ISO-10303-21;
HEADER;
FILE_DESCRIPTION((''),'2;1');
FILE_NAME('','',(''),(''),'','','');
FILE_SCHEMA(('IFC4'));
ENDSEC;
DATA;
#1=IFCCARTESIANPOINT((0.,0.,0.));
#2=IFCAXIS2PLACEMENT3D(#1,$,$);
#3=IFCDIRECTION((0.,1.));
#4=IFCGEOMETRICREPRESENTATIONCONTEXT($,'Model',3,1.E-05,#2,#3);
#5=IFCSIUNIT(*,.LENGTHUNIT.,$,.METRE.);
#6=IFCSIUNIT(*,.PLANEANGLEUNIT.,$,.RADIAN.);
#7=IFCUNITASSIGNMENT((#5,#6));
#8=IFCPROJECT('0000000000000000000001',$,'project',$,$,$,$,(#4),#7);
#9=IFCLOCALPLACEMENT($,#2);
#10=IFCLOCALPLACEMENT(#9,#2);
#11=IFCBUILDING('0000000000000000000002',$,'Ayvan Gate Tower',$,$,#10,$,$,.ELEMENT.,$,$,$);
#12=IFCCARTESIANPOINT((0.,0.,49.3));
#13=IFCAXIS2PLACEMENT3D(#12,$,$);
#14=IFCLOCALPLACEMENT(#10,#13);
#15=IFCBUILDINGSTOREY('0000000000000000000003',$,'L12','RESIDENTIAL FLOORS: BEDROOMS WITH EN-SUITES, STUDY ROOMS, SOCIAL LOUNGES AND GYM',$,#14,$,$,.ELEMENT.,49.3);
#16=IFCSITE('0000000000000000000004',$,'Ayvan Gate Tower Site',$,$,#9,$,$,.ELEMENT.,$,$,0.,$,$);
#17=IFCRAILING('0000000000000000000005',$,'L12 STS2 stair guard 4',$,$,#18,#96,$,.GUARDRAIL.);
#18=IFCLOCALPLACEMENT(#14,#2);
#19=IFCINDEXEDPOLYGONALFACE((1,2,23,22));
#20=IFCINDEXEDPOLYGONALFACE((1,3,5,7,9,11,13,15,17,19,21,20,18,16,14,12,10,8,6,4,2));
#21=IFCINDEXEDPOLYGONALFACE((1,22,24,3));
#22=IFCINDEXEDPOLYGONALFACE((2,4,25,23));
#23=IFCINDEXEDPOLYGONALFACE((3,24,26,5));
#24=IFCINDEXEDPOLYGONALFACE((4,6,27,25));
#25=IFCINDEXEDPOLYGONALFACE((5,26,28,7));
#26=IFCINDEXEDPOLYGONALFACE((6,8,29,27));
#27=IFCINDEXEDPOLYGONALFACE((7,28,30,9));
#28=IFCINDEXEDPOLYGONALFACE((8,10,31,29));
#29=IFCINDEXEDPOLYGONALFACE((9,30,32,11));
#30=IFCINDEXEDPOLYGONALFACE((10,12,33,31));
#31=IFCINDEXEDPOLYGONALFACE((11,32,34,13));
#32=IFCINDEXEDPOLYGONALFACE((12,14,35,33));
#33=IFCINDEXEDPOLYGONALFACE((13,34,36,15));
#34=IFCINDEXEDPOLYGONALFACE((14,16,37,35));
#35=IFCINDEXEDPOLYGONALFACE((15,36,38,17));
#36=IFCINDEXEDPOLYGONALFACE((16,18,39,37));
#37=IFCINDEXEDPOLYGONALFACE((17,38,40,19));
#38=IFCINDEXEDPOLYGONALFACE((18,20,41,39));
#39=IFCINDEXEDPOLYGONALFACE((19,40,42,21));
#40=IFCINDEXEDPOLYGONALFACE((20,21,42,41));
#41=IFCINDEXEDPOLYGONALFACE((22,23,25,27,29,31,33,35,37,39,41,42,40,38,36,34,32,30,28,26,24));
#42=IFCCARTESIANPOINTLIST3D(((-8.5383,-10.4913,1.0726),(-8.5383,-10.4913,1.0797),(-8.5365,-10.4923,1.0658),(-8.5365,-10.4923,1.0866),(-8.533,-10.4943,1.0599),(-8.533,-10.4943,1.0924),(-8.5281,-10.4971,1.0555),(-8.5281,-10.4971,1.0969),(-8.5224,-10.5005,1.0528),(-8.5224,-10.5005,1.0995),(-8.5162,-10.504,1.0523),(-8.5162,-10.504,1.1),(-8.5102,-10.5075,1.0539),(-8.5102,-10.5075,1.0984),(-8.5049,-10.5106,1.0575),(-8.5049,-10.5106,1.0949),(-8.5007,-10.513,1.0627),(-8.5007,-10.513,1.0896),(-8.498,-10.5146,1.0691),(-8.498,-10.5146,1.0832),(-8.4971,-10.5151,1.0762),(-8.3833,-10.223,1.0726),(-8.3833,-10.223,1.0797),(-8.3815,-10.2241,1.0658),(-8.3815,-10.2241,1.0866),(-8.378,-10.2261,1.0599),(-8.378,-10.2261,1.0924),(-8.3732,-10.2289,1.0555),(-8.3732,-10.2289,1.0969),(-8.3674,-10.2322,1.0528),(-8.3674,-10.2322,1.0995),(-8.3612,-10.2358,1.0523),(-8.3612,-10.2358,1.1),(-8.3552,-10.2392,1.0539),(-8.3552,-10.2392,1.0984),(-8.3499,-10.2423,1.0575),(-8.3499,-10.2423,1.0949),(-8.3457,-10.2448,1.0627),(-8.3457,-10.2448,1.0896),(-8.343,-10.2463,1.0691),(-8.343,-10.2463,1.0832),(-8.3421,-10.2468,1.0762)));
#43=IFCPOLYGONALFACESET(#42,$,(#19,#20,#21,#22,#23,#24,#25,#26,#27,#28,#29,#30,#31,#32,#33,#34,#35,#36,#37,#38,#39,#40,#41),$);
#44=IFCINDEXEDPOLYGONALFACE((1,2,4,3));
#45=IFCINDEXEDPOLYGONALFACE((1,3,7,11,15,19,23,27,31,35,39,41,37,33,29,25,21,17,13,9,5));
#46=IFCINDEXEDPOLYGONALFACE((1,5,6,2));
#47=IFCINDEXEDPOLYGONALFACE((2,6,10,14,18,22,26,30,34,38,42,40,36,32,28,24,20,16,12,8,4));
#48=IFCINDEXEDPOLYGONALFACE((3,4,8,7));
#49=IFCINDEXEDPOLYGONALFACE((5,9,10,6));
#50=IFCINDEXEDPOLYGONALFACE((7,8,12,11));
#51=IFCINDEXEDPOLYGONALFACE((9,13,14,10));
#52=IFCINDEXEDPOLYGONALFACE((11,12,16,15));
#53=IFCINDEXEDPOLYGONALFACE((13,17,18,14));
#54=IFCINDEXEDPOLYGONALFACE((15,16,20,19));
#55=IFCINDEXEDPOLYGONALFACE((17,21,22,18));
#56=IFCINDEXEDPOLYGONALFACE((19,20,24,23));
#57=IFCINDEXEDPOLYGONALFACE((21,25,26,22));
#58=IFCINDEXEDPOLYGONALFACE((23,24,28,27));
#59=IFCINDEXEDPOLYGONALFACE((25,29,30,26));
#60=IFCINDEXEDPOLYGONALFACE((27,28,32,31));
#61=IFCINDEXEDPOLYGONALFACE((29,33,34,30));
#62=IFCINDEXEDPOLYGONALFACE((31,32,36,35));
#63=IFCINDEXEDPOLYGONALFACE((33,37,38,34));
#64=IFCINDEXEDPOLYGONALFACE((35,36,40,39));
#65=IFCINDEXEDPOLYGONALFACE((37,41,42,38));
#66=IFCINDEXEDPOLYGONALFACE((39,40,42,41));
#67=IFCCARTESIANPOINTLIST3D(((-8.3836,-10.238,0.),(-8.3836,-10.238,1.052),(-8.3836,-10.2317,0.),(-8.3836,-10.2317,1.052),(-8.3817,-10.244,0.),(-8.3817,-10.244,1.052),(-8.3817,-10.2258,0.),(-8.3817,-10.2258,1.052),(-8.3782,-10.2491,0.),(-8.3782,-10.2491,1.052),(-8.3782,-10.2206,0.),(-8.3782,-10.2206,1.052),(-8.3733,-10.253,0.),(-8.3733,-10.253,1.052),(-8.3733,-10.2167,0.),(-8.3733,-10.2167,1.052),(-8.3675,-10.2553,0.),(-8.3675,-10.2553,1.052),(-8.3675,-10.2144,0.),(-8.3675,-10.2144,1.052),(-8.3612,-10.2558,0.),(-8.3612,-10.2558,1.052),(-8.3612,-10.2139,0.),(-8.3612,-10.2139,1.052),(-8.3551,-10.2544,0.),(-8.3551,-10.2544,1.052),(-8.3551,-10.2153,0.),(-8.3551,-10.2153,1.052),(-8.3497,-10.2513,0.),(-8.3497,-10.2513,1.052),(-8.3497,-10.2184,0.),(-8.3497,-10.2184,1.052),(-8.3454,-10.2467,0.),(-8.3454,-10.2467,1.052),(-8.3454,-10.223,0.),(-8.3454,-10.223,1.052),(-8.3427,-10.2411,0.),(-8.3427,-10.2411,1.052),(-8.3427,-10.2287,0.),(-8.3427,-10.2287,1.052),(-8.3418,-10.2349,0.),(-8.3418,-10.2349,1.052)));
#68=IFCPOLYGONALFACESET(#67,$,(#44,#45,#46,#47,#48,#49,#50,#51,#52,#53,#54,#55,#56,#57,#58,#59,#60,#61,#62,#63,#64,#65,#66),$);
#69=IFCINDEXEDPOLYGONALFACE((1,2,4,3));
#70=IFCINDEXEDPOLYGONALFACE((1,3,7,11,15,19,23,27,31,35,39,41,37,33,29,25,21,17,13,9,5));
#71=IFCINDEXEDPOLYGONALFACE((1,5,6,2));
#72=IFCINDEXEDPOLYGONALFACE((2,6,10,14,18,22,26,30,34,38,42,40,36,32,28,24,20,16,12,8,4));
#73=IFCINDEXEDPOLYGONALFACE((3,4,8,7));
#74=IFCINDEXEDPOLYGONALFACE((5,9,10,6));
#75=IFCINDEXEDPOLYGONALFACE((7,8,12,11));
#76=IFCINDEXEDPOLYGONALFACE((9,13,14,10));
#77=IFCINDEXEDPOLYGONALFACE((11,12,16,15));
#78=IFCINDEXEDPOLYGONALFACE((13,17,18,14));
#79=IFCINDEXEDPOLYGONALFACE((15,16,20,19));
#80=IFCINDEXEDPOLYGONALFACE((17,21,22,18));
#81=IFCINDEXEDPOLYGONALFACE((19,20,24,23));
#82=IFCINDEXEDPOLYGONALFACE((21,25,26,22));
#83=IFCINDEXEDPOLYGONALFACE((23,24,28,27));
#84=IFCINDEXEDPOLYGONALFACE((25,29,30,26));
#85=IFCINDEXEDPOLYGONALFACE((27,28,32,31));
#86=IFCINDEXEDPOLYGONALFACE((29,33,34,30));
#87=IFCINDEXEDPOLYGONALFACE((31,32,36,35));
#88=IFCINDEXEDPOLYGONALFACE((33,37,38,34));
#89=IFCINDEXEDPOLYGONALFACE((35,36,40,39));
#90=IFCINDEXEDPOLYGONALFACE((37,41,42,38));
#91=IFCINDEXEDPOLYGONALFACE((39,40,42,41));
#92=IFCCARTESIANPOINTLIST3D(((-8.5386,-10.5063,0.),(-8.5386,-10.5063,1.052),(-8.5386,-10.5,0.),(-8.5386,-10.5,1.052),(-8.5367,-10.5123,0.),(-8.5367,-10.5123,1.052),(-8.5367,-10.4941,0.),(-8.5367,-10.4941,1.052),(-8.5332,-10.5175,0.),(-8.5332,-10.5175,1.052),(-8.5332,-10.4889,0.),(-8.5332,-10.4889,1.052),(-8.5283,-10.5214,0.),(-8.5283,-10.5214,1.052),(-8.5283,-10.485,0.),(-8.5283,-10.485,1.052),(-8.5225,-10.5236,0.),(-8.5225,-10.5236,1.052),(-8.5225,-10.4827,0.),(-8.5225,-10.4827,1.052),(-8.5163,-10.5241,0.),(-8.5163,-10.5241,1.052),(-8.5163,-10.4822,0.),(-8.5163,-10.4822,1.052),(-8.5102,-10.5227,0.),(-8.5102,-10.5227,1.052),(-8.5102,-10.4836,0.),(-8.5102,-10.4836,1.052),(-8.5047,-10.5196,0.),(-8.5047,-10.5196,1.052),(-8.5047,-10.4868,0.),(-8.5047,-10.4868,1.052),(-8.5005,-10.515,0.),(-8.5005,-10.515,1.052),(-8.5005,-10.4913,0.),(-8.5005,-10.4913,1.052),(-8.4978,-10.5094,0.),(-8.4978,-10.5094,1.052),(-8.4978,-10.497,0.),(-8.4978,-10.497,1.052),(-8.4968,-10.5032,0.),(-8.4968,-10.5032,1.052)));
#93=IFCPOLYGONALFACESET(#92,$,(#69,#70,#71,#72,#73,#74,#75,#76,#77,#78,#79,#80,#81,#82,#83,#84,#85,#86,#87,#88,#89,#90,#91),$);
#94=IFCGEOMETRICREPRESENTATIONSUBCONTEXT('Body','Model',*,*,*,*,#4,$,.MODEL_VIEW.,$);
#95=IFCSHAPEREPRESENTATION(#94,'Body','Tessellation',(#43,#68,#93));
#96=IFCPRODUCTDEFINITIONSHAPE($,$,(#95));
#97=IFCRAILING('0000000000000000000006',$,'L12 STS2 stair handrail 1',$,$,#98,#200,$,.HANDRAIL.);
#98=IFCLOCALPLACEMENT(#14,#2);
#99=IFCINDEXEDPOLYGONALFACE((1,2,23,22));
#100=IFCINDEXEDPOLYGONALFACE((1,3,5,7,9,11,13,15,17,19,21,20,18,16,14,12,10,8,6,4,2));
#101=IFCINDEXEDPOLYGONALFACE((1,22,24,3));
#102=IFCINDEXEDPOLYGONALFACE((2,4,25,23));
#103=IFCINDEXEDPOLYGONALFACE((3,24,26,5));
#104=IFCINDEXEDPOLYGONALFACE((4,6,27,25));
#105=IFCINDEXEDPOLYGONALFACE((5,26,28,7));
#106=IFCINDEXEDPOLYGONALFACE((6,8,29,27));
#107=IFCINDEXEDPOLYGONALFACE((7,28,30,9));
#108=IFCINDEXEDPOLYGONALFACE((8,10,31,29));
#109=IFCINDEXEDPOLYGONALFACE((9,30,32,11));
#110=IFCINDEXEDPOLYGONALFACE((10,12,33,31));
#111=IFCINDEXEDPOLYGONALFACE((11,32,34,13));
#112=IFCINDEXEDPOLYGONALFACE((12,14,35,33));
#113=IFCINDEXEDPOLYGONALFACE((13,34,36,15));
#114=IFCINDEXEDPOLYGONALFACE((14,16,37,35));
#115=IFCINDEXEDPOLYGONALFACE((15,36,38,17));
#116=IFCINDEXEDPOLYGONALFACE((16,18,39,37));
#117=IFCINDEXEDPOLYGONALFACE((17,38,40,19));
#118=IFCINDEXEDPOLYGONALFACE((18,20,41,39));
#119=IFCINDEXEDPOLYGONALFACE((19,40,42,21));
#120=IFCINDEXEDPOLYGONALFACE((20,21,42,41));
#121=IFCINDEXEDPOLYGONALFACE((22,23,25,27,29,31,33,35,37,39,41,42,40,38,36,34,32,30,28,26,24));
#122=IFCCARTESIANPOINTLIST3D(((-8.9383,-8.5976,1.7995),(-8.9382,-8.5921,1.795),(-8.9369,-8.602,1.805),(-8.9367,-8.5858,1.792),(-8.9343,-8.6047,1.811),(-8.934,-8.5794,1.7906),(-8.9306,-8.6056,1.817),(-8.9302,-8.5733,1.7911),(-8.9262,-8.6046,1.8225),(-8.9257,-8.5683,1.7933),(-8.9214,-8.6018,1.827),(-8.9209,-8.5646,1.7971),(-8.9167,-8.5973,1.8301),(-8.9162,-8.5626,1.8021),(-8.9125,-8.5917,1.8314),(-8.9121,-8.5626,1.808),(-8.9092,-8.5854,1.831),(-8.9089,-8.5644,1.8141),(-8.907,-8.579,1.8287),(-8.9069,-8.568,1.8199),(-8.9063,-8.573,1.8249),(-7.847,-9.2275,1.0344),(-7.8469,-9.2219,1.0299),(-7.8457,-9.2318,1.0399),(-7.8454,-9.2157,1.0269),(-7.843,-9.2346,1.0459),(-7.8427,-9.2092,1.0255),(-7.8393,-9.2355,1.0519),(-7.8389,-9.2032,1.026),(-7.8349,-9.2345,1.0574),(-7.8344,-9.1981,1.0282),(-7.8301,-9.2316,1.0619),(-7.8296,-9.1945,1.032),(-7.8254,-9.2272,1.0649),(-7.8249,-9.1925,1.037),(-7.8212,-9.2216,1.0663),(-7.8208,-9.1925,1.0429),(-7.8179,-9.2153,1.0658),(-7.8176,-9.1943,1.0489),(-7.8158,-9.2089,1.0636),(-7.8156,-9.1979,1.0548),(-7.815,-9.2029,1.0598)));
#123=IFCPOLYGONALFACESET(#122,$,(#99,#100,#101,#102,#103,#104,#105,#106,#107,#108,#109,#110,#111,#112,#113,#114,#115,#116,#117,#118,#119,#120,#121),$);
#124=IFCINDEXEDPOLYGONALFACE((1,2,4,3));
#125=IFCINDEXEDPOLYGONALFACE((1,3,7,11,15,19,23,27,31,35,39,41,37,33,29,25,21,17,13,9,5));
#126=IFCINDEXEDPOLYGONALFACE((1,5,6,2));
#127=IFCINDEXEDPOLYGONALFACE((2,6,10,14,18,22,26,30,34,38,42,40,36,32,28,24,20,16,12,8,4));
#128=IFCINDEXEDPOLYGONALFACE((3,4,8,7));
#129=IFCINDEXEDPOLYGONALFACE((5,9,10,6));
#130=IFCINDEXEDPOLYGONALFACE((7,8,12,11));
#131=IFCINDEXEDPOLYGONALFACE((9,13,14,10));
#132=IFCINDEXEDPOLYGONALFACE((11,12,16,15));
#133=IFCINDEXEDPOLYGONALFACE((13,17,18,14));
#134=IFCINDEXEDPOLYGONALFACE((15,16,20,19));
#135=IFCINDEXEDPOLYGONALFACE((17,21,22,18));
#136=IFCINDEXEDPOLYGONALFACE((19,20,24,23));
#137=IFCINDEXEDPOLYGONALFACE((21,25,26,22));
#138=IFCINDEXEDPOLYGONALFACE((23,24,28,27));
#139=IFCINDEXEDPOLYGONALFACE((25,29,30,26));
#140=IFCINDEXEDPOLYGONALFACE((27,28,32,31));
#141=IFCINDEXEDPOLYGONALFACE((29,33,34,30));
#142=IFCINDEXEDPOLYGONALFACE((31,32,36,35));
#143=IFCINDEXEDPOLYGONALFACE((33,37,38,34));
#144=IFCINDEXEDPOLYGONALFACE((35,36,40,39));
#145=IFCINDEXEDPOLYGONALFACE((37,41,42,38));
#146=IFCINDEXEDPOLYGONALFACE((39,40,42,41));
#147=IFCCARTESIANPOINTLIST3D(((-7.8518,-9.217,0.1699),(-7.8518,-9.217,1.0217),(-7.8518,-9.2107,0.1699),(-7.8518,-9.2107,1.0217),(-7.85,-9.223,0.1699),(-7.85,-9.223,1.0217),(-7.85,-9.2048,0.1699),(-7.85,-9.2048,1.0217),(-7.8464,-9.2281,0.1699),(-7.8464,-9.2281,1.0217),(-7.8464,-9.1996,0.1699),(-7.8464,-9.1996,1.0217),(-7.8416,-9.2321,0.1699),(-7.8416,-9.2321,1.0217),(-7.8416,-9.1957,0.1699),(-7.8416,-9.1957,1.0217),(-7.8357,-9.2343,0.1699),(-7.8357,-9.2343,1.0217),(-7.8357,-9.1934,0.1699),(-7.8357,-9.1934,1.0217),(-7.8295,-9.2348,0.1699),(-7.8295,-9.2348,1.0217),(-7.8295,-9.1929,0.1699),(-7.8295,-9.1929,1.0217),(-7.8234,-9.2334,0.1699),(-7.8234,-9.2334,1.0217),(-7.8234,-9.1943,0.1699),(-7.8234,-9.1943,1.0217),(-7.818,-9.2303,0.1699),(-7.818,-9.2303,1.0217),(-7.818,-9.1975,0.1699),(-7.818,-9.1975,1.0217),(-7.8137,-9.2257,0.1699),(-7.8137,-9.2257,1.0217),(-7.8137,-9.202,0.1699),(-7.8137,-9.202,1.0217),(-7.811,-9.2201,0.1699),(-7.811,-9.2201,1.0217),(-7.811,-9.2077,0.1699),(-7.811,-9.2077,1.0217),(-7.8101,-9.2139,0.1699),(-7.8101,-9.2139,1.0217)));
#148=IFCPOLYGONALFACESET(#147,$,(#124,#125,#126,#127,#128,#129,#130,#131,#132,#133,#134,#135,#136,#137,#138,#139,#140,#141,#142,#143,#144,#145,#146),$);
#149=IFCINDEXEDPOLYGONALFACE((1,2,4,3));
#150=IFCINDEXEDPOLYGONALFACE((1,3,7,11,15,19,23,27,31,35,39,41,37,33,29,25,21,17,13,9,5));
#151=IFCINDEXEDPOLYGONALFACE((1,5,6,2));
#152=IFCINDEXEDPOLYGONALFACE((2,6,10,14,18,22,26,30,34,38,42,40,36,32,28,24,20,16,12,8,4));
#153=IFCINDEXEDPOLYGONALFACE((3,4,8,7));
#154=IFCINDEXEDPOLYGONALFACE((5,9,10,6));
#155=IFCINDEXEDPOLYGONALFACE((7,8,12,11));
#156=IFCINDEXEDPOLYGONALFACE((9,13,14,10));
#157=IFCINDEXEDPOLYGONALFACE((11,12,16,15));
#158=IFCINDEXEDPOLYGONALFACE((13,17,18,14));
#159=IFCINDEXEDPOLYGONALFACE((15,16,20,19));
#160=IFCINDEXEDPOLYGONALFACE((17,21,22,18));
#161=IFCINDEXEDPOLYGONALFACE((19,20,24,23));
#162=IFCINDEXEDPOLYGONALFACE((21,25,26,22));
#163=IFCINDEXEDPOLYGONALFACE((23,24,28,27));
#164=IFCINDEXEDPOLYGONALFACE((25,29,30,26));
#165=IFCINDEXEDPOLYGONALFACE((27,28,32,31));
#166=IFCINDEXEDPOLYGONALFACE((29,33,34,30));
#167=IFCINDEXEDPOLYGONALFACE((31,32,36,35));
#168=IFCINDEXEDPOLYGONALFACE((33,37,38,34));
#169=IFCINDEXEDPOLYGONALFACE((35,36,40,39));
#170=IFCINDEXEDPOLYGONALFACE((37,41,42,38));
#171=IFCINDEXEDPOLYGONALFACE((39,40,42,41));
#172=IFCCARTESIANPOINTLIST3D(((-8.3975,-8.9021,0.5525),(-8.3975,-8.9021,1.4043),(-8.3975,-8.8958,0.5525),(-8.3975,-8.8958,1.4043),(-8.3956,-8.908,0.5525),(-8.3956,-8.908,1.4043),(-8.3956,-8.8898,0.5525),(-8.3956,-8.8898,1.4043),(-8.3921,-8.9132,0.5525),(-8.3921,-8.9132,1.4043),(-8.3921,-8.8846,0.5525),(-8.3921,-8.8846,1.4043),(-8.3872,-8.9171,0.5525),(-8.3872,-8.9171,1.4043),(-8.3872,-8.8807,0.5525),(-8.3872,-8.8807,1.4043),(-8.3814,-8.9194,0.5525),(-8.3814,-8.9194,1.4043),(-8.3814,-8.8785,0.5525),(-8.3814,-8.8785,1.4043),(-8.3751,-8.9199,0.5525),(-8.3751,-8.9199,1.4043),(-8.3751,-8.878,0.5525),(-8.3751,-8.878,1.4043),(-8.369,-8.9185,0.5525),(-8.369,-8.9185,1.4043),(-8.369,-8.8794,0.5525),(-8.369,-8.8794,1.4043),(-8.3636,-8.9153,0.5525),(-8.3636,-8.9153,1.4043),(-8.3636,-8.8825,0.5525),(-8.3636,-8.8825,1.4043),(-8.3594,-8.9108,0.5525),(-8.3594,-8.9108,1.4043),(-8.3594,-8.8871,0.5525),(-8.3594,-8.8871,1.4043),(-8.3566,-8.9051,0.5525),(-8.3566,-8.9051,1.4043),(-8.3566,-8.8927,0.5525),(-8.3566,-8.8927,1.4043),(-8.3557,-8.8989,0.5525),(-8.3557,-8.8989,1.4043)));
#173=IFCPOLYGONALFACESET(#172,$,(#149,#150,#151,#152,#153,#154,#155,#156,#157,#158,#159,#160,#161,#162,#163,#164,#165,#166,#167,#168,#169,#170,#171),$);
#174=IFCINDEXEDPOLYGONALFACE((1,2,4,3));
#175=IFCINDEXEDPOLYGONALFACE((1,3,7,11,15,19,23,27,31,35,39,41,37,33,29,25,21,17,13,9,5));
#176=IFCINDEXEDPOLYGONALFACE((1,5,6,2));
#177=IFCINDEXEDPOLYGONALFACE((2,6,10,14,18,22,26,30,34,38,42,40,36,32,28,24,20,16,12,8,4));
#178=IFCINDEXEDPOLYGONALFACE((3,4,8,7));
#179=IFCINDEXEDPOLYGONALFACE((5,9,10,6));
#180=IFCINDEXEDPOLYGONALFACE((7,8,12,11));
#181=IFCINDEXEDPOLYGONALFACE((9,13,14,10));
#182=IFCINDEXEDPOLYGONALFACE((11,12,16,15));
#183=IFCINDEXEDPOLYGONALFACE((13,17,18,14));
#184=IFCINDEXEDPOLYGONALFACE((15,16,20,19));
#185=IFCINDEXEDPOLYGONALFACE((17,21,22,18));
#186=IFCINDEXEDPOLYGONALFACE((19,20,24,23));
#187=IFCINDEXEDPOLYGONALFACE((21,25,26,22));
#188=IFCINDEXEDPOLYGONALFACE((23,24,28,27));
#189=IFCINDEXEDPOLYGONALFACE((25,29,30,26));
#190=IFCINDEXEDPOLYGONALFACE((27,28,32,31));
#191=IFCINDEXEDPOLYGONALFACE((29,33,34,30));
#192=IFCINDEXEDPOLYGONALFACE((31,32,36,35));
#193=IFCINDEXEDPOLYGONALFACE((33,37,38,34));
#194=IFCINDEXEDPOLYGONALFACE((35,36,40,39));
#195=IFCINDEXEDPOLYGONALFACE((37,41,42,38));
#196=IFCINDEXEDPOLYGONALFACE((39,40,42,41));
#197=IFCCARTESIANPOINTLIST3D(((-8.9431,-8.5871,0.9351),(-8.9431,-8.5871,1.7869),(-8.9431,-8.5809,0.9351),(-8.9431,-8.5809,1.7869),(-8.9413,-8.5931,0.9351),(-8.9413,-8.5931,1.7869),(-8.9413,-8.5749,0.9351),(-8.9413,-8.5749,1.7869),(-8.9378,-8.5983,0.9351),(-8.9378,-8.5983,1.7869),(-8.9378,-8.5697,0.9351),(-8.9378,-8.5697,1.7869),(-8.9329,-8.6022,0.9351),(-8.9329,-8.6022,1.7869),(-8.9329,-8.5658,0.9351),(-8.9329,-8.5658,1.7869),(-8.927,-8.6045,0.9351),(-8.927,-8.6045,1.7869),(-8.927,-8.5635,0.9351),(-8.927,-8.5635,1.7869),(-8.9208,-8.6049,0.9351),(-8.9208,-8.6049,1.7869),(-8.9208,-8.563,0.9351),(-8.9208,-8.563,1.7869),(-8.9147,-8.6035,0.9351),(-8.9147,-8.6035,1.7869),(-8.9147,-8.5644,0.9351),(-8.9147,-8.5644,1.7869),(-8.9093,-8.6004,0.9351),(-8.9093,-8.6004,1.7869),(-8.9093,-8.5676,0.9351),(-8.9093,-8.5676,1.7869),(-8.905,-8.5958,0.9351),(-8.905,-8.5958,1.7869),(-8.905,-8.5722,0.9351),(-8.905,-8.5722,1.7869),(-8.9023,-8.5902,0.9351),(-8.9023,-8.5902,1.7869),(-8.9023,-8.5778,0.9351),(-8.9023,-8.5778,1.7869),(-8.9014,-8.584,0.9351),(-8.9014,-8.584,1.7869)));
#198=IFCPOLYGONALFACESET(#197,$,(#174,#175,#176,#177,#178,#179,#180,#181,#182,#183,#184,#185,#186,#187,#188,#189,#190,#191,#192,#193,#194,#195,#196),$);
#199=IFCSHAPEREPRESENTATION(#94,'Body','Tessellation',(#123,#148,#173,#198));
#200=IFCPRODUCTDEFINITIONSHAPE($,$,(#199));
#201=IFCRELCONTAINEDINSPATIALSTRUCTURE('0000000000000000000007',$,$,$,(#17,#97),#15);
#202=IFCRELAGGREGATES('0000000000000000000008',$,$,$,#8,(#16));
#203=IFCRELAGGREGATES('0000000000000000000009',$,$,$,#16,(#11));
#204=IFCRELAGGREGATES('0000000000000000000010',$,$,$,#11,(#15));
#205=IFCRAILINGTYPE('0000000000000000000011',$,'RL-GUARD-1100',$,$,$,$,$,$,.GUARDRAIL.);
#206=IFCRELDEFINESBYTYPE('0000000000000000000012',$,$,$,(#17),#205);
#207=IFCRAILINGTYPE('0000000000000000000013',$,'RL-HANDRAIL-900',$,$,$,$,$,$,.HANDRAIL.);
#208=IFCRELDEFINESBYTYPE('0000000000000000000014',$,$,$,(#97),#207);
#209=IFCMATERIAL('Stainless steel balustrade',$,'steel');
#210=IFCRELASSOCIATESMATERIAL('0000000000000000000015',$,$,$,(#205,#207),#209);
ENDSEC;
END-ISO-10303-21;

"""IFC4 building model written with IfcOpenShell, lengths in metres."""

from ifc_helpers import new_model, si_unit, direction, frame, origin, origin_2d, place, context, subcontext, project, spatial, circle, extrude, material, type_object, element, save


model = new_model("IFC4")

# Units and contexts
model_context = context("Model", 3, precision=1e-05, world=origin(), true_north=direction((0.0, 1.0)))
body_context = subcontext(model_context, "Body", "Model", "MODEL_VIEW")
ifc_project = project(units=[si_unit("LENGTHUNIT", "METRE"), si_unit("PLANEANGLEUNIT", "RADIAN")], contexts=[model_context])

# Site, building, storey
site_placement = place(None, origin())
site = spatial("IfcSite", under=ifc_project, at=site_placement, Name="Ayvan Gate Tower Site", CompositionType="ELEMENT", RefElevation=0.0)
building_placement = place(site_placement, origin())
building = spatial("IfcBuilding", under=site, at=building_placement, Name="Ayvan Gate Tower", CompositionType="ELEMENT")
storey_placement = place(building_placement, frame((0.0, 0.0, 49.3)))
storey = spatial("IfcBuildingStorey", under=building, at=storey_placement, Name="L12", Description="RESIDENTIAL FLOORS: BEDROOMS WITH EN-SUITES, STUDY ROOMS, SOCIAL LOUNGES AND GYM", CompositionType="ELEMENT", Elevation=49.3)

# Railings
ifc_material_1 = material(Name="Stainless steel balustrade", Category="steel")
railing_type_1 = type_object("IfcRailingType", Name="RL-GUARD-1100", PredefinedType="GUARDRAIL", material=ifc_material_1)
railing_1_placement = place(storey_placement, frame((-8.3628, -10.2349, 0.0)))
element("IfcRailing", 1, at=railing_1_placement, inside=storey, type_object=railing_type_1, Name="L12 STS2 stair guard 4", PredefinedType="GUARDRAIL", context=body_context, shape_type="SweptSolid", body=[
    extrude(circle(Radius=0.0239, at=origin_2d()), frame((0.0, 0.0, 1.0762), z_axis=(-0.500291, -0.865857, 0.0), x_axis=(0.865857, -0.500291, 0.0)), (0.0, 0.0, 1.0), 0.3098),
    extrude(circle(Radius=0.021, at=origin_2d()), origin(), (0.0, 0.0, 1.0), 1.052),
    extrude(circle(Radius=0.021, at=origin_2d()), frame((-0.155, -0.2683, 0.0)), (0.0, 0.0, 1.0), 1.052),
])
railing_type_2 = type_object("IfcRailingType", Name="RL-HANDRAIL-900", PredefinedType="HANDRAIL", material=ifc_material_1)
railing_2_placement = place(storey_placement, frame((-7.8311, -9.2139, 0.1699)))
element("IfcRailing", 2, at=railing_2_placement, inside=storey, type_object=railing_type_2, Name="L12 STS2 stair handrail 1", PredefinedType="HANDRAIL", context=body_context, shape_type="SweptSolid", body=[
    extrude(circle(Radius=0.0239, at=origin_2d()), frame((0.0, 0.0, 0.876), z_axis=(-0.740293, 0.427283, 0.519033), x_axis=(-0.49989, -0.866089, 0.0)), (0.0, 0.0, 1.0), 1.4741),
    extrude(circle(Radius=0.021, at=origin_2d()), origin(), (0.0, 0.0, 1.0), 0.8518),
    extrude(circle(Radius=0.021, at=origin_2d()), frame((-0.5457, 0.3149, 0.3826)), (0.0, 0.0, 1.0), 0.8518),
    extrude(circle(Radius=0.021, at=origin_2d()), frame((-1.0913, 0.6299, 0.7651)), (0.0, 0.0, 1.0), 0.8518),
])

save(model, "model.ifc")
